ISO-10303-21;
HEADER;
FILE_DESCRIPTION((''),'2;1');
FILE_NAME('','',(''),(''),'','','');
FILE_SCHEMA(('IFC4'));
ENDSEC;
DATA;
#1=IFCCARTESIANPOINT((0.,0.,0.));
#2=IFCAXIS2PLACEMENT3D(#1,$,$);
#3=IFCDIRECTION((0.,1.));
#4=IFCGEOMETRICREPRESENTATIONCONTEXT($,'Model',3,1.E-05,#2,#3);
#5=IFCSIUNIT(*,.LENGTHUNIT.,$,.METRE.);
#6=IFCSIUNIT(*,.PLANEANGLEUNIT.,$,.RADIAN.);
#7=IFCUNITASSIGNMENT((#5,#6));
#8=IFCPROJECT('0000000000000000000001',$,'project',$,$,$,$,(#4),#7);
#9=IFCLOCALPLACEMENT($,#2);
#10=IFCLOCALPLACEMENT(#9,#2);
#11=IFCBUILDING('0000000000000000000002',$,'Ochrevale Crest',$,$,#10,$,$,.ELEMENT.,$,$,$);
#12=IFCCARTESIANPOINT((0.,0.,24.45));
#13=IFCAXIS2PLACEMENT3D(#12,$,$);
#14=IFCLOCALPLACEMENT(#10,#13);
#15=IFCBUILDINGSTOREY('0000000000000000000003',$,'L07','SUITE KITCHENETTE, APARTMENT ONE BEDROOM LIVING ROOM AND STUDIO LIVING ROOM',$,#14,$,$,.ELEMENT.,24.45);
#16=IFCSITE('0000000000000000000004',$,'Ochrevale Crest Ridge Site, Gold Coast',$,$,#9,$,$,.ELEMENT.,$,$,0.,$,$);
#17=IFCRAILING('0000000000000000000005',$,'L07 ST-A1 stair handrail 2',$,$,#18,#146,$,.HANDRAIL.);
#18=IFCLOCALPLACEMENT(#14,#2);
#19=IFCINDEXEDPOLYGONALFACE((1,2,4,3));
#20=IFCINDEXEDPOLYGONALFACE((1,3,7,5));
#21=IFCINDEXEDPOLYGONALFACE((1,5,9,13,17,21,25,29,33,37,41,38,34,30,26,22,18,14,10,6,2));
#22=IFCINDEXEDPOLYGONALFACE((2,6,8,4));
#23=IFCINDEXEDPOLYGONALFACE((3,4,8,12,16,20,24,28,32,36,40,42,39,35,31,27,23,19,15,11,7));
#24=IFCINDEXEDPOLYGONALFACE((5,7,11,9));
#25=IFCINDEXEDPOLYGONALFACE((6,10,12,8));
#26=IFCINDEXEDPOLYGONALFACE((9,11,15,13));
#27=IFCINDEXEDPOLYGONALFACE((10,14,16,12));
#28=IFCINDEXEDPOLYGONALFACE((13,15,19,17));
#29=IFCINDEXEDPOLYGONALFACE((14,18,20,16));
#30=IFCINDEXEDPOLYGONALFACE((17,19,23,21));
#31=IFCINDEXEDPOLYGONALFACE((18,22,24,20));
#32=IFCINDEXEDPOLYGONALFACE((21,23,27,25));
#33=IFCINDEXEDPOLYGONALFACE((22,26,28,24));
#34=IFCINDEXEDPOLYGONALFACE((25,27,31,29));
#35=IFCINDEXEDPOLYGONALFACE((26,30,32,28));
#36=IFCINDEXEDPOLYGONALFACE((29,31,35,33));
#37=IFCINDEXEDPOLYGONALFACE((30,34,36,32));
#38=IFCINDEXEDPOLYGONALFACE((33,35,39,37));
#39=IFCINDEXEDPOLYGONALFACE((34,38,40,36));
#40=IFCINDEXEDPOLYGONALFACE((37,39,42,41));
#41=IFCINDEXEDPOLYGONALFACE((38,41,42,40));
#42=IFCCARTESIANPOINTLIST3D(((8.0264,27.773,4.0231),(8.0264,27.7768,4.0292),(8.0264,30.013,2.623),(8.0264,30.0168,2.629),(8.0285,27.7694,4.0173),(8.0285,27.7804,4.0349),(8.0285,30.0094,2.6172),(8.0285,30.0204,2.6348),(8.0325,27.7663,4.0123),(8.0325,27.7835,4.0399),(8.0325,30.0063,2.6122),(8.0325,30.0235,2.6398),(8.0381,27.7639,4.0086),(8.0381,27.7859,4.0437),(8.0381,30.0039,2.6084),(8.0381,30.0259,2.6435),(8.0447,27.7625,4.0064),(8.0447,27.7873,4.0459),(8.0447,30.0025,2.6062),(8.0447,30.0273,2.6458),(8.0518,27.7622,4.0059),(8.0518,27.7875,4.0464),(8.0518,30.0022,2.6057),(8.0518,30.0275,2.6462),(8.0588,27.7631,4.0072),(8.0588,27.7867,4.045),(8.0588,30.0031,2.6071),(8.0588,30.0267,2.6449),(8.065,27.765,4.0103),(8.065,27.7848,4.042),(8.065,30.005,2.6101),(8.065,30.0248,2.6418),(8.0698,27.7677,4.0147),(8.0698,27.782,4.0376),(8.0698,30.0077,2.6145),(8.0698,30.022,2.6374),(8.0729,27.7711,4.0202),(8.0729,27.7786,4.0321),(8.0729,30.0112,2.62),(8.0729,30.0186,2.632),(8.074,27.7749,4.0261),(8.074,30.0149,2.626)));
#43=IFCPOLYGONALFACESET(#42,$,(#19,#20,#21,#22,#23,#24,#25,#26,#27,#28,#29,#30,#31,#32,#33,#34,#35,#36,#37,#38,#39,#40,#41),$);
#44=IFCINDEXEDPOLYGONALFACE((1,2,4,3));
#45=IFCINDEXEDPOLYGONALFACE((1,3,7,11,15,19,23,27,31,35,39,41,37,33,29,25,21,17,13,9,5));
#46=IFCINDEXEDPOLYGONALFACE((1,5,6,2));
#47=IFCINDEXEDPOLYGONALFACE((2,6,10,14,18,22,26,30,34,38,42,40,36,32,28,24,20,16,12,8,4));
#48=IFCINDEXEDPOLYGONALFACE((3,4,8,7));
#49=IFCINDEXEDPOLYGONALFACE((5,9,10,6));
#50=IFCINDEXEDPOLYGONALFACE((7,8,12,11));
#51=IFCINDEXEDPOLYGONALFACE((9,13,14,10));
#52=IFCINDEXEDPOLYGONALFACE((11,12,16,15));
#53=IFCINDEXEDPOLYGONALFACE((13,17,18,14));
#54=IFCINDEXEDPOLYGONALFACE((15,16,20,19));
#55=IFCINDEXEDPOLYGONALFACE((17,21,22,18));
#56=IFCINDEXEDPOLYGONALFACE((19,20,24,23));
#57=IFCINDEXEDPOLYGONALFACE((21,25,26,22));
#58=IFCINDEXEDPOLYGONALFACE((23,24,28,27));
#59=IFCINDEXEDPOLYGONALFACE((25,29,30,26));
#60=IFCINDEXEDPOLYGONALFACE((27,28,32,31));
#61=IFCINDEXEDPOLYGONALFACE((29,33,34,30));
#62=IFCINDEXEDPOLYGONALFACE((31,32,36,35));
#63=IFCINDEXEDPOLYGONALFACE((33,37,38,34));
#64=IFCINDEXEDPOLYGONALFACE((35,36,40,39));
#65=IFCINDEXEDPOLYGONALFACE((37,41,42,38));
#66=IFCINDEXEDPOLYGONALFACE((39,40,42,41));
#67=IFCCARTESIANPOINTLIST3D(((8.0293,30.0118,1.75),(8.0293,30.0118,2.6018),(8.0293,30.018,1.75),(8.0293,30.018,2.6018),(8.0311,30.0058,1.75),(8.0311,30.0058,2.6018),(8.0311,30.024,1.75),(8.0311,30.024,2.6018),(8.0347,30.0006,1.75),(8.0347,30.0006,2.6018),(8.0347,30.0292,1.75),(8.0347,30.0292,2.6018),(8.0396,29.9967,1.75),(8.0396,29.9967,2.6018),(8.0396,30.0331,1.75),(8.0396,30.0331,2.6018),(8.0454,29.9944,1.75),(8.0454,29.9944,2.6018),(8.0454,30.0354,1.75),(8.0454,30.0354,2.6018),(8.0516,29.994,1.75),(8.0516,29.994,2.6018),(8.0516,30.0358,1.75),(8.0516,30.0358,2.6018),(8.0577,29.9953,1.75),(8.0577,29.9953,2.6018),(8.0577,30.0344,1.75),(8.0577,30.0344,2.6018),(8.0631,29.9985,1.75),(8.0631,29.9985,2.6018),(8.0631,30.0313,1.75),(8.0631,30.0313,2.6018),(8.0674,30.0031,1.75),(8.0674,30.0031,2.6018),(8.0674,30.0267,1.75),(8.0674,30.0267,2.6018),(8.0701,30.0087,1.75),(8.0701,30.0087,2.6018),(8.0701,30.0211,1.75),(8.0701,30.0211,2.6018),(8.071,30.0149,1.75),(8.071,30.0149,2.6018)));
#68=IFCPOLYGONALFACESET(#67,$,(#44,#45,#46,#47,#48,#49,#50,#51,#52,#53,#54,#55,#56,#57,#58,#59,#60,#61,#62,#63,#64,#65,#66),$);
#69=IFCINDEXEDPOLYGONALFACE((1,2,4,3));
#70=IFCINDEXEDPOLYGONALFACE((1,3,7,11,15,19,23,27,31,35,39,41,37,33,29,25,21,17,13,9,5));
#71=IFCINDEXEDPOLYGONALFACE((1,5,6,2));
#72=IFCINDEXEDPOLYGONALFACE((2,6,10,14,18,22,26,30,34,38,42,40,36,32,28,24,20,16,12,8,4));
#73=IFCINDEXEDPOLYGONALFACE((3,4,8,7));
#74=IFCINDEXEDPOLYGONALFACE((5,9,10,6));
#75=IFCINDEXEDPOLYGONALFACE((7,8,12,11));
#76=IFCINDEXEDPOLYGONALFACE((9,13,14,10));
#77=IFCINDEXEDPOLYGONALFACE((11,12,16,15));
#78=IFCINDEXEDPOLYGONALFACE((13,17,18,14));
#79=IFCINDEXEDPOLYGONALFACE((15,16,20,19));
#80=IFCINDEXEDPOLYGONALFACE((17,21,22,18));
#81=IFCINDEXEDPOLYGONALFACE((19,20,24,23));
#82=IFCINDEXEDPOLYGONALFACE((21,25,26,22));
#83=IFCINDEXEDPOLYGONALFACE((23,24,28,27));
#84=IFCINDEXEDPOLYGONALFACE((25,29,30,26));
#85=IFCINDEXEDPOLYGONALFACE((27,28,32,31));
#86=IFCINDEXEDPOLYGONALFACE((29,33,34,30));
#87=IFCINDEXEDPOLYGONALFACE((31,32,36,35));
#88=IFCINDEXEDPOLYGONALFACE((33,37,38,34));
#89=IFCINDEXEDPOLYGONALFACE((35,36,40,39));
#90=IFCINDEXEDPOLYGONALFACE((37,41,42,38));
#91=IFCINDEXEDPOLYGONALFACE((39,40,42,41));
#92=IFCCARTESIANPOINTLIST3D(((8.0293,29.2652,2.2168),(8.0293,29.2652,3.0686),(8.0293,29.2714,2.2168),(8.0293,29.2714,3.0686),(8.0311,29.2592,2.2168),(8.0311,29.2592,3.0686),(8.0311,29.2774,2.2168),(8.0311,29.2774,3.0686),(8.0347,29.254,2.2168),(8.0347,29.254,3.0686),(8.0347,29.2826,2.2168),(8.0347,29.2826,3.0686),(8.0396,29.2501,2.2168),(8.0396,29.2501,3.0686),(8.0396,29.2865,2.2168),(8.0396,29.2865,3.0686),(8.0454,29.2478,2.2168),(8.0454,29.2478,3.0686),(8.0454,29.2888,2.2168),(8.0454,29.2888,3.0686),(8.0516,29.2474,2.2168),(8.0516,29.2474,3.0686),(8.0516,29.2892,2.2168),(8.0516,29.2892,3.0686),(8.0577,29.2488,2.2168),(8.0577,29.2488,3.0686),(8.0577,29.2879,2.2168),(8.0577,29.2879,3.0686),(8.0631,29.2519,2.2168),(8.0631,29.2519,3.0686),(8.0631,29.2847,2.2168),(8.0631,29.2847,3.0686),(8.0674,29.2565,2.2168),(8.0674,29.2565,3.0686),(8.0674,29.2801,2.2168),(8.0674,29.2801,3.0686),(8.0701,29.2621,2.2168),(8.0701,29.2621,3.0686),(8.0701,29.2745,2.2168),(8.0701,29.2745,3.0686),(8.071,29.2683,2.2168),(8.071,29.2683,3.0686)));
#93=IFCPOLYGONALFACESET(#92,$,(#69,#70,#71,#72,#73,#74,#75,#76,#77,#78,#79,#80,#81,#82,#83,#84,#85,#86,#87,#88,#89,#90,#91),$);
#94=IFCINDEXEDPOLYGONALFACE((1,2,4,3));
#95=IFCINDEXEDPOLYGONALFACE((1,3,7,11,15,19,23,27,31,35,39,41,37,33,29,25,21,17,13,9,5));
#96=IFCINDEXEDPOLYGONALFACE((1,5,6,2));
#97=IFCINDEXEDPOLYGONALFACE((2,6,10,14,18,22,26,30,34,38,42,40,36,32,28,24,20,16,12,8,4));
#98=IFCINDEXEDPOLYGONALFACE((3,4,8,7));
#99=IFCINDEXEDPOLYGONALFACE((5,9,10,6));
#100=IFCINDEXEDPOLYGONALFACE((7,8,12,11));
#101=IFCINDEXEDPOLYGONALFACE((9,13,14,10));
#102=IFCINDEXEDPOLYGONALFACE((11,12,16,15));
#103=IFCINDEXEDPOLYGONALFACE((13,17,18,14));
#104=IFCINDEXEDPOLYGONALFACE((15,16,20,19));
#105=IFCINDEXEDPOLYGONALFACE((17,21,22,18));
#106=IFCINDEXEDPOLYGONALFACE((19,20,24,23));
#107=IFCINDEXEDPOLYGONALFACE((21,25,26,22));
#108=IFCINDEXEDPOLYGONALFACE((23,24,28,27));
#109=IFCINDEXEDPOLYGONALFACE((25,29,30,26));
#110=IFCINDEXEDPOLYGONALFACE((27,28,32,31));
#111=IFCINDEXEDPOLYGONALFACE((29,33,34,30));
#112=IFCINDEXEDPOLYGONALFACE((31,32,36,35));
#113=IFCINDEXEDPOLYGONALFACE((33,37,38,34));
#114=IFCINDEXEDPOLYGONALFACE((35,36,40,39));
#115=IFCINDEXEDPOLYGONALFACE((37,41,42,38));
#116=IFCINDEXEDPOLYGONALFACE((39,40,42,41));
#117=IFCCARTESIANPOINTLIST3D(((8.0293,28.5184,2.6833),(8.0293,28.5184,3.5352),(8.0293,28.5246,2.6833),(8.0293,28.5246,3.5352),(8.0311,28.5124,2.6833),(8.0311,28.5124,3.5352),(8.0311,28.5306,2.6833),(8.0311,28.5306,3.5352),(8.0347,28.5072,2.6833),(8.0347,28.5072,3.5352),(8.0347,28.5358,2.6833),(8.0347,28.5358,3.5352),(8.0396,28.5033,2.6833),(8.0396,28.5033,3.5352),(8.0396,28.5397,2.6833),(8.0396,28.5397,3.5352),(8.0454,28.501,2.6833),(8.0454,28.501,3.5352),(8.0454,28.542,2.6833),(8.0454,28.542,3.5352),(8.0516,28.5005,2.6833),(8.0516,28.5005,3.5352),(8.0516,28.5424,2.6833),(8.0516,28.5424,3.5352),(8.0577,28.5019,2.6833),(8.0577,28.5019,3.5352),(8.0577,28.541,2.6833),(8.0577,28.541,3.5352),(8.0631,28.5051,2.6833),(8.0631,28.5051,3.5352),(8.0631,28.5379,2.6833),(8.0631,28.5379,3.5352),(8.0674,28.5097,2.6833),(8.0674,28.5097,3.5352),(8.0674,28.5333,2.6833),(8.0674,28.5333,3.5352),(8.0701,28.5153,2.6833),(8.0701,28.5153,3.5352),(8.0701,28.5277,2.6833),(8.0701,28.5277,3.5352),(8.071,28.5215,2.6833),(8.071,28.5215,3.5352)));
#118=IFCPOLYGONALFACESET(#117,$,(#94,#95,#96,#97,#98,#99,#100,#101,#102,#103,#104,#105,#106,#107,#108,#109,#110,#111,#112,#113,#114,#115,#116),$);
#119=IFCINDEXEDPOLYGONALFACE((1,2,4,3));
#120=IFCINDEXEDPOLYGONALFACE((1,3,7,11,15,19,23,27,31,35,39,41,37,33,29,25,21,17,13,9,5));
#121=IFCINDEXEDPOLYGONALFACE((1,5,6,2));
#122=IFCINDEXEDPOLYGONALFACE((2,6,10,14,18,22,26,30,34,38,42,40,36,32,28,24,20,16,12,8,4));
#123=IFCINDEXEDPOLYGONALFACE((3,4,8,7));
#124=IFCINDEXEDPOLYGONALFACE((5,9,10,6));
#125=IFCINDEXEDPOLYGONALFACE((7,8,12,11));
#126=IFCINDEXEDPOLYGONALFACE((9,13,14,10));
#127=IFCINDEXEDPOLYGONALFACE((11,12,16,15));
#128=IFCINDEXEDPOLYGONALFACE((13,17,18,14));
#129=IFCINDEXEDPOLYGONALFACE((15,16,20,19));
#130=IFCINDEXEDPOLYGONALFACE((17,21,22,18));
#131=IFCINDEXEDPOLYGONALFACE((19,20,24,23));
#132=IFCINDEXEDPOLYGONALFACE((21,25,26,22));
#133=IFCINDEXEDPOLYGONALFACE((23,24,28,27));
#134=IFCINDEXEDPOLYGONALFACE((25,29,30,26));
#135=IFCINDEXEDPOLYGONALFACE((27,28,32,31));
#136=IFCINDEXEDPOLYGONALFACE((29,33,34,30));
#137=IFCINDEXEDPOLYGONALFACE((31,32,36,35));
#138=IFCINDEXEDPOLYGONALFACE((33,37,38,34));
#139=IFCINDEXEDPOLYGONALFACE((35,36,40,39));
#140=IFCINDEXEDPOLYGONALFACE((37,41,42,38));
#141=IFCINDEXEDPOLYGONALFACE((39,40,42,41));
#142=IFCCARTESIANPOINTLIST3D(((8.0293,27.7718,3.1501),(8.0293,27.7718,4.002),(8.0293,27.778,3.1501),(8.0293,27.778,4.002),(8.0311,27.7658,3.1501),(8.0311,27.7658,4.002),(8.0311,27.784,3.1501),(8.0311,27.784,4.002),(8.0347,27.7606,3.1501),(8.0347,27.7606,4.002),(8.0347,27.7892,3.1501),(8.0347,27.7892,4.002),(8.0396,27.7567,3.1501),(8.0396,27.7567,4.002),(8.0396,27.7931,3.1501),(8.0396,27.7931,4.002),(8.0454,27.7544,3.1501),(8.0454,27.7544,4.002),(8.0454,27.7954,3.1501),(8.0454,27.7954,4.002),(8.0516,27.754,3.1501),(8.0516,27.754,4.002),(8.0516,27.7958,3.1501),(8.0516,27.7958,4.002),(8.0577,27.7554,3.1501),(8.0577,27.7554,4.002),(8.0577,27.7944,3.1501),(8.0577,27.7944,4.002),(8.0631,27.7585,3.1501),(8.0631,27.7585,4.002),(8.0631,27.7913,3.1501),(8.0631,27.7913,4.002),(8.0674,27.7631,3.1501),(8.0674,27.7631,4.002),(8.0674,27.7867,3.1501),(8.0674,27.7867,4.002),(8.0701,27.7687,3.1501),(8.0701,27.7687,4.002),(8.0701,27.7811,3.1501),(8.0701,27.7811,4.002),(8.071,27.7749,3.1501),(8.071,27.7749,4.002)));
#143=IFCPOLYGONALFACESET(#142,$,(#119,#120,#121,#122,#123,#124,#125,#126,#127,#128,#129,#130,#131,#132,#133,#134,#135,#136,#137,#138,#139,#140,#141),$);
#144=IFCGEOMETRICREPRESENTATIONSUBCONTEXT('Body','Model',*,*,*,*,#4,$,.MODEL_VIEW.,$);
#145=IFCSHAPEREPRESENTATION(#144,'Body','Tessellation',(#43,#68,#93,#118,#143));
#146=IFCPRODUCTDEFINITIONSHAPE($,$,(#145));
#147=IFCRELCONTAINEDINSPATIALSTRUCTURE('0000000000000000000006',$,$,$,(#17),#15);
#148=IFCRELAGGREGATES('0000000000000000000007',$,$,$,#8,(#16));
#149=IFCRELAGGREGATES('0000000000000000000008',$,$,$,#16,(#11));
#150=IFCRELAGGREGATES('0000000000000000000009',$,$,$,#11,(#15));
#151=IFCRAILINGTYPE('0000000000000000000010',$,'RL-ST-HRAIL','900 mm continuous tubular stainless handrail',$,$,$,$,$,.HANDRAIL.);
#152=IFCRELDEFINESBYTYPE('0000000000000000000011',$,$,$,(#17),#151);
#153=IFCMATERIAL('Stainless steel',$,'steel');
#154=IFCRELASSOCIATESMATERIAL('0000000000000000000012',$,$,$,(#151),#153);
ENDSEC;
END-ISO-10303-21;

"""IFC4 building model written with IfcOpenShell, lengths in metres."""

from ifc_helpers import new_model, si_unit, direction, frame, origin, origin_2d, place, context, subcontext, project, spatial, circle, extrude, material, type_object, element, save


model = new_model("IFC4")

# Units and contexts
model_context = context("Model", 3, precision=1e-05, world=origin(), true_north=direction((0.0, 1.0)))
body_context = subcontext(model_context, "Body", "Model", "MODEL_VIEW")
ifc_project = project(units=[si_unit("LENGTHUNIT", "METRE"), si_unit("PLANEANGLEUNIT", "RADIAN")], contexts=[model_context])

# Site, building, storey
site_placement = place(None, origin())
site = spatial("IfcSite", under=ifc_project, at=site_placement, Name="Ochrevale Crest Ridge Site, Gold Coast", CompositionType="ELEMENT", RefElevation=0.0)
building_placement = place(site_placement, origin())
building = spatial("IfcBuilding", under=site, at=building_placement, Name="Ochrevale Crest", CompositionType="ELEMENT")
storey_placement = place(building_placement, frame((0.0, 0.0, 24.45)))
storey = spatial("IfcBuildingStorey", under=building, at=storey_placement, Name="L07", Description="SUITE KITCHENETTE, APARTMENT ONE BEDROOM LIVING ROOM AND STUDIO LIVING ROOM", CompositionType="ELEMENT", Elevation=24.45)

# Railing
ifc_material_1 = material(Name="Stainless steel", Category="steel")
railing_type_1 = type_object("IfcRailingType", Name="RL-ST-HRAIL", Description="900 mm continuous tubular stainless handrail", PredefinedType="HANDRAIL", material=ifc_material_1)
railing_1_placement = place(storey_placement, frame((8.05, 30.0149, 1.75)))
element("IfcRailing", 1, at=railing_1_placement, inside=storey, type_object=railing_type_1, Name="L07 ST-A1 stair handrail 2", PredefinedType="HANDRAIL", context=body_context, shape_type="SweptSolid", body=[
    extrude(circle(Radius=0.0239, at=origin_2d()), frame((0.0, 0.0, 0.876), z_axis=(0.0, -0.847972, 0.53004), x_axis=(1.0, 0.0, 0.0)), (0.0, 0.0, 1.0), 2.6416),
    extrude(circle(Radius=0.021, at=origin_2d()), origin(), (0.0, 0.0, 1.0), 0.8518),
    extrude(circle(Radius=0.021, at=origin_2d()), frame((0.0, -0.7466, 0.4668)), (0.0, 0.0, 1.0), 0.8518),
    extrude(circle(Radius=0.021, at=origin_2d()), frame((0.0, -1.4934, 0.9333)), (0.0, 0.0, 1.0), 0.8518),
    extrude(circle(Radius=0.021, at=origin_2d()), frame((0.0, -2.24, 1.4001)), (0.0, 0.0, 1.0), 0.8518),
])

save(model, "model.ifc")
